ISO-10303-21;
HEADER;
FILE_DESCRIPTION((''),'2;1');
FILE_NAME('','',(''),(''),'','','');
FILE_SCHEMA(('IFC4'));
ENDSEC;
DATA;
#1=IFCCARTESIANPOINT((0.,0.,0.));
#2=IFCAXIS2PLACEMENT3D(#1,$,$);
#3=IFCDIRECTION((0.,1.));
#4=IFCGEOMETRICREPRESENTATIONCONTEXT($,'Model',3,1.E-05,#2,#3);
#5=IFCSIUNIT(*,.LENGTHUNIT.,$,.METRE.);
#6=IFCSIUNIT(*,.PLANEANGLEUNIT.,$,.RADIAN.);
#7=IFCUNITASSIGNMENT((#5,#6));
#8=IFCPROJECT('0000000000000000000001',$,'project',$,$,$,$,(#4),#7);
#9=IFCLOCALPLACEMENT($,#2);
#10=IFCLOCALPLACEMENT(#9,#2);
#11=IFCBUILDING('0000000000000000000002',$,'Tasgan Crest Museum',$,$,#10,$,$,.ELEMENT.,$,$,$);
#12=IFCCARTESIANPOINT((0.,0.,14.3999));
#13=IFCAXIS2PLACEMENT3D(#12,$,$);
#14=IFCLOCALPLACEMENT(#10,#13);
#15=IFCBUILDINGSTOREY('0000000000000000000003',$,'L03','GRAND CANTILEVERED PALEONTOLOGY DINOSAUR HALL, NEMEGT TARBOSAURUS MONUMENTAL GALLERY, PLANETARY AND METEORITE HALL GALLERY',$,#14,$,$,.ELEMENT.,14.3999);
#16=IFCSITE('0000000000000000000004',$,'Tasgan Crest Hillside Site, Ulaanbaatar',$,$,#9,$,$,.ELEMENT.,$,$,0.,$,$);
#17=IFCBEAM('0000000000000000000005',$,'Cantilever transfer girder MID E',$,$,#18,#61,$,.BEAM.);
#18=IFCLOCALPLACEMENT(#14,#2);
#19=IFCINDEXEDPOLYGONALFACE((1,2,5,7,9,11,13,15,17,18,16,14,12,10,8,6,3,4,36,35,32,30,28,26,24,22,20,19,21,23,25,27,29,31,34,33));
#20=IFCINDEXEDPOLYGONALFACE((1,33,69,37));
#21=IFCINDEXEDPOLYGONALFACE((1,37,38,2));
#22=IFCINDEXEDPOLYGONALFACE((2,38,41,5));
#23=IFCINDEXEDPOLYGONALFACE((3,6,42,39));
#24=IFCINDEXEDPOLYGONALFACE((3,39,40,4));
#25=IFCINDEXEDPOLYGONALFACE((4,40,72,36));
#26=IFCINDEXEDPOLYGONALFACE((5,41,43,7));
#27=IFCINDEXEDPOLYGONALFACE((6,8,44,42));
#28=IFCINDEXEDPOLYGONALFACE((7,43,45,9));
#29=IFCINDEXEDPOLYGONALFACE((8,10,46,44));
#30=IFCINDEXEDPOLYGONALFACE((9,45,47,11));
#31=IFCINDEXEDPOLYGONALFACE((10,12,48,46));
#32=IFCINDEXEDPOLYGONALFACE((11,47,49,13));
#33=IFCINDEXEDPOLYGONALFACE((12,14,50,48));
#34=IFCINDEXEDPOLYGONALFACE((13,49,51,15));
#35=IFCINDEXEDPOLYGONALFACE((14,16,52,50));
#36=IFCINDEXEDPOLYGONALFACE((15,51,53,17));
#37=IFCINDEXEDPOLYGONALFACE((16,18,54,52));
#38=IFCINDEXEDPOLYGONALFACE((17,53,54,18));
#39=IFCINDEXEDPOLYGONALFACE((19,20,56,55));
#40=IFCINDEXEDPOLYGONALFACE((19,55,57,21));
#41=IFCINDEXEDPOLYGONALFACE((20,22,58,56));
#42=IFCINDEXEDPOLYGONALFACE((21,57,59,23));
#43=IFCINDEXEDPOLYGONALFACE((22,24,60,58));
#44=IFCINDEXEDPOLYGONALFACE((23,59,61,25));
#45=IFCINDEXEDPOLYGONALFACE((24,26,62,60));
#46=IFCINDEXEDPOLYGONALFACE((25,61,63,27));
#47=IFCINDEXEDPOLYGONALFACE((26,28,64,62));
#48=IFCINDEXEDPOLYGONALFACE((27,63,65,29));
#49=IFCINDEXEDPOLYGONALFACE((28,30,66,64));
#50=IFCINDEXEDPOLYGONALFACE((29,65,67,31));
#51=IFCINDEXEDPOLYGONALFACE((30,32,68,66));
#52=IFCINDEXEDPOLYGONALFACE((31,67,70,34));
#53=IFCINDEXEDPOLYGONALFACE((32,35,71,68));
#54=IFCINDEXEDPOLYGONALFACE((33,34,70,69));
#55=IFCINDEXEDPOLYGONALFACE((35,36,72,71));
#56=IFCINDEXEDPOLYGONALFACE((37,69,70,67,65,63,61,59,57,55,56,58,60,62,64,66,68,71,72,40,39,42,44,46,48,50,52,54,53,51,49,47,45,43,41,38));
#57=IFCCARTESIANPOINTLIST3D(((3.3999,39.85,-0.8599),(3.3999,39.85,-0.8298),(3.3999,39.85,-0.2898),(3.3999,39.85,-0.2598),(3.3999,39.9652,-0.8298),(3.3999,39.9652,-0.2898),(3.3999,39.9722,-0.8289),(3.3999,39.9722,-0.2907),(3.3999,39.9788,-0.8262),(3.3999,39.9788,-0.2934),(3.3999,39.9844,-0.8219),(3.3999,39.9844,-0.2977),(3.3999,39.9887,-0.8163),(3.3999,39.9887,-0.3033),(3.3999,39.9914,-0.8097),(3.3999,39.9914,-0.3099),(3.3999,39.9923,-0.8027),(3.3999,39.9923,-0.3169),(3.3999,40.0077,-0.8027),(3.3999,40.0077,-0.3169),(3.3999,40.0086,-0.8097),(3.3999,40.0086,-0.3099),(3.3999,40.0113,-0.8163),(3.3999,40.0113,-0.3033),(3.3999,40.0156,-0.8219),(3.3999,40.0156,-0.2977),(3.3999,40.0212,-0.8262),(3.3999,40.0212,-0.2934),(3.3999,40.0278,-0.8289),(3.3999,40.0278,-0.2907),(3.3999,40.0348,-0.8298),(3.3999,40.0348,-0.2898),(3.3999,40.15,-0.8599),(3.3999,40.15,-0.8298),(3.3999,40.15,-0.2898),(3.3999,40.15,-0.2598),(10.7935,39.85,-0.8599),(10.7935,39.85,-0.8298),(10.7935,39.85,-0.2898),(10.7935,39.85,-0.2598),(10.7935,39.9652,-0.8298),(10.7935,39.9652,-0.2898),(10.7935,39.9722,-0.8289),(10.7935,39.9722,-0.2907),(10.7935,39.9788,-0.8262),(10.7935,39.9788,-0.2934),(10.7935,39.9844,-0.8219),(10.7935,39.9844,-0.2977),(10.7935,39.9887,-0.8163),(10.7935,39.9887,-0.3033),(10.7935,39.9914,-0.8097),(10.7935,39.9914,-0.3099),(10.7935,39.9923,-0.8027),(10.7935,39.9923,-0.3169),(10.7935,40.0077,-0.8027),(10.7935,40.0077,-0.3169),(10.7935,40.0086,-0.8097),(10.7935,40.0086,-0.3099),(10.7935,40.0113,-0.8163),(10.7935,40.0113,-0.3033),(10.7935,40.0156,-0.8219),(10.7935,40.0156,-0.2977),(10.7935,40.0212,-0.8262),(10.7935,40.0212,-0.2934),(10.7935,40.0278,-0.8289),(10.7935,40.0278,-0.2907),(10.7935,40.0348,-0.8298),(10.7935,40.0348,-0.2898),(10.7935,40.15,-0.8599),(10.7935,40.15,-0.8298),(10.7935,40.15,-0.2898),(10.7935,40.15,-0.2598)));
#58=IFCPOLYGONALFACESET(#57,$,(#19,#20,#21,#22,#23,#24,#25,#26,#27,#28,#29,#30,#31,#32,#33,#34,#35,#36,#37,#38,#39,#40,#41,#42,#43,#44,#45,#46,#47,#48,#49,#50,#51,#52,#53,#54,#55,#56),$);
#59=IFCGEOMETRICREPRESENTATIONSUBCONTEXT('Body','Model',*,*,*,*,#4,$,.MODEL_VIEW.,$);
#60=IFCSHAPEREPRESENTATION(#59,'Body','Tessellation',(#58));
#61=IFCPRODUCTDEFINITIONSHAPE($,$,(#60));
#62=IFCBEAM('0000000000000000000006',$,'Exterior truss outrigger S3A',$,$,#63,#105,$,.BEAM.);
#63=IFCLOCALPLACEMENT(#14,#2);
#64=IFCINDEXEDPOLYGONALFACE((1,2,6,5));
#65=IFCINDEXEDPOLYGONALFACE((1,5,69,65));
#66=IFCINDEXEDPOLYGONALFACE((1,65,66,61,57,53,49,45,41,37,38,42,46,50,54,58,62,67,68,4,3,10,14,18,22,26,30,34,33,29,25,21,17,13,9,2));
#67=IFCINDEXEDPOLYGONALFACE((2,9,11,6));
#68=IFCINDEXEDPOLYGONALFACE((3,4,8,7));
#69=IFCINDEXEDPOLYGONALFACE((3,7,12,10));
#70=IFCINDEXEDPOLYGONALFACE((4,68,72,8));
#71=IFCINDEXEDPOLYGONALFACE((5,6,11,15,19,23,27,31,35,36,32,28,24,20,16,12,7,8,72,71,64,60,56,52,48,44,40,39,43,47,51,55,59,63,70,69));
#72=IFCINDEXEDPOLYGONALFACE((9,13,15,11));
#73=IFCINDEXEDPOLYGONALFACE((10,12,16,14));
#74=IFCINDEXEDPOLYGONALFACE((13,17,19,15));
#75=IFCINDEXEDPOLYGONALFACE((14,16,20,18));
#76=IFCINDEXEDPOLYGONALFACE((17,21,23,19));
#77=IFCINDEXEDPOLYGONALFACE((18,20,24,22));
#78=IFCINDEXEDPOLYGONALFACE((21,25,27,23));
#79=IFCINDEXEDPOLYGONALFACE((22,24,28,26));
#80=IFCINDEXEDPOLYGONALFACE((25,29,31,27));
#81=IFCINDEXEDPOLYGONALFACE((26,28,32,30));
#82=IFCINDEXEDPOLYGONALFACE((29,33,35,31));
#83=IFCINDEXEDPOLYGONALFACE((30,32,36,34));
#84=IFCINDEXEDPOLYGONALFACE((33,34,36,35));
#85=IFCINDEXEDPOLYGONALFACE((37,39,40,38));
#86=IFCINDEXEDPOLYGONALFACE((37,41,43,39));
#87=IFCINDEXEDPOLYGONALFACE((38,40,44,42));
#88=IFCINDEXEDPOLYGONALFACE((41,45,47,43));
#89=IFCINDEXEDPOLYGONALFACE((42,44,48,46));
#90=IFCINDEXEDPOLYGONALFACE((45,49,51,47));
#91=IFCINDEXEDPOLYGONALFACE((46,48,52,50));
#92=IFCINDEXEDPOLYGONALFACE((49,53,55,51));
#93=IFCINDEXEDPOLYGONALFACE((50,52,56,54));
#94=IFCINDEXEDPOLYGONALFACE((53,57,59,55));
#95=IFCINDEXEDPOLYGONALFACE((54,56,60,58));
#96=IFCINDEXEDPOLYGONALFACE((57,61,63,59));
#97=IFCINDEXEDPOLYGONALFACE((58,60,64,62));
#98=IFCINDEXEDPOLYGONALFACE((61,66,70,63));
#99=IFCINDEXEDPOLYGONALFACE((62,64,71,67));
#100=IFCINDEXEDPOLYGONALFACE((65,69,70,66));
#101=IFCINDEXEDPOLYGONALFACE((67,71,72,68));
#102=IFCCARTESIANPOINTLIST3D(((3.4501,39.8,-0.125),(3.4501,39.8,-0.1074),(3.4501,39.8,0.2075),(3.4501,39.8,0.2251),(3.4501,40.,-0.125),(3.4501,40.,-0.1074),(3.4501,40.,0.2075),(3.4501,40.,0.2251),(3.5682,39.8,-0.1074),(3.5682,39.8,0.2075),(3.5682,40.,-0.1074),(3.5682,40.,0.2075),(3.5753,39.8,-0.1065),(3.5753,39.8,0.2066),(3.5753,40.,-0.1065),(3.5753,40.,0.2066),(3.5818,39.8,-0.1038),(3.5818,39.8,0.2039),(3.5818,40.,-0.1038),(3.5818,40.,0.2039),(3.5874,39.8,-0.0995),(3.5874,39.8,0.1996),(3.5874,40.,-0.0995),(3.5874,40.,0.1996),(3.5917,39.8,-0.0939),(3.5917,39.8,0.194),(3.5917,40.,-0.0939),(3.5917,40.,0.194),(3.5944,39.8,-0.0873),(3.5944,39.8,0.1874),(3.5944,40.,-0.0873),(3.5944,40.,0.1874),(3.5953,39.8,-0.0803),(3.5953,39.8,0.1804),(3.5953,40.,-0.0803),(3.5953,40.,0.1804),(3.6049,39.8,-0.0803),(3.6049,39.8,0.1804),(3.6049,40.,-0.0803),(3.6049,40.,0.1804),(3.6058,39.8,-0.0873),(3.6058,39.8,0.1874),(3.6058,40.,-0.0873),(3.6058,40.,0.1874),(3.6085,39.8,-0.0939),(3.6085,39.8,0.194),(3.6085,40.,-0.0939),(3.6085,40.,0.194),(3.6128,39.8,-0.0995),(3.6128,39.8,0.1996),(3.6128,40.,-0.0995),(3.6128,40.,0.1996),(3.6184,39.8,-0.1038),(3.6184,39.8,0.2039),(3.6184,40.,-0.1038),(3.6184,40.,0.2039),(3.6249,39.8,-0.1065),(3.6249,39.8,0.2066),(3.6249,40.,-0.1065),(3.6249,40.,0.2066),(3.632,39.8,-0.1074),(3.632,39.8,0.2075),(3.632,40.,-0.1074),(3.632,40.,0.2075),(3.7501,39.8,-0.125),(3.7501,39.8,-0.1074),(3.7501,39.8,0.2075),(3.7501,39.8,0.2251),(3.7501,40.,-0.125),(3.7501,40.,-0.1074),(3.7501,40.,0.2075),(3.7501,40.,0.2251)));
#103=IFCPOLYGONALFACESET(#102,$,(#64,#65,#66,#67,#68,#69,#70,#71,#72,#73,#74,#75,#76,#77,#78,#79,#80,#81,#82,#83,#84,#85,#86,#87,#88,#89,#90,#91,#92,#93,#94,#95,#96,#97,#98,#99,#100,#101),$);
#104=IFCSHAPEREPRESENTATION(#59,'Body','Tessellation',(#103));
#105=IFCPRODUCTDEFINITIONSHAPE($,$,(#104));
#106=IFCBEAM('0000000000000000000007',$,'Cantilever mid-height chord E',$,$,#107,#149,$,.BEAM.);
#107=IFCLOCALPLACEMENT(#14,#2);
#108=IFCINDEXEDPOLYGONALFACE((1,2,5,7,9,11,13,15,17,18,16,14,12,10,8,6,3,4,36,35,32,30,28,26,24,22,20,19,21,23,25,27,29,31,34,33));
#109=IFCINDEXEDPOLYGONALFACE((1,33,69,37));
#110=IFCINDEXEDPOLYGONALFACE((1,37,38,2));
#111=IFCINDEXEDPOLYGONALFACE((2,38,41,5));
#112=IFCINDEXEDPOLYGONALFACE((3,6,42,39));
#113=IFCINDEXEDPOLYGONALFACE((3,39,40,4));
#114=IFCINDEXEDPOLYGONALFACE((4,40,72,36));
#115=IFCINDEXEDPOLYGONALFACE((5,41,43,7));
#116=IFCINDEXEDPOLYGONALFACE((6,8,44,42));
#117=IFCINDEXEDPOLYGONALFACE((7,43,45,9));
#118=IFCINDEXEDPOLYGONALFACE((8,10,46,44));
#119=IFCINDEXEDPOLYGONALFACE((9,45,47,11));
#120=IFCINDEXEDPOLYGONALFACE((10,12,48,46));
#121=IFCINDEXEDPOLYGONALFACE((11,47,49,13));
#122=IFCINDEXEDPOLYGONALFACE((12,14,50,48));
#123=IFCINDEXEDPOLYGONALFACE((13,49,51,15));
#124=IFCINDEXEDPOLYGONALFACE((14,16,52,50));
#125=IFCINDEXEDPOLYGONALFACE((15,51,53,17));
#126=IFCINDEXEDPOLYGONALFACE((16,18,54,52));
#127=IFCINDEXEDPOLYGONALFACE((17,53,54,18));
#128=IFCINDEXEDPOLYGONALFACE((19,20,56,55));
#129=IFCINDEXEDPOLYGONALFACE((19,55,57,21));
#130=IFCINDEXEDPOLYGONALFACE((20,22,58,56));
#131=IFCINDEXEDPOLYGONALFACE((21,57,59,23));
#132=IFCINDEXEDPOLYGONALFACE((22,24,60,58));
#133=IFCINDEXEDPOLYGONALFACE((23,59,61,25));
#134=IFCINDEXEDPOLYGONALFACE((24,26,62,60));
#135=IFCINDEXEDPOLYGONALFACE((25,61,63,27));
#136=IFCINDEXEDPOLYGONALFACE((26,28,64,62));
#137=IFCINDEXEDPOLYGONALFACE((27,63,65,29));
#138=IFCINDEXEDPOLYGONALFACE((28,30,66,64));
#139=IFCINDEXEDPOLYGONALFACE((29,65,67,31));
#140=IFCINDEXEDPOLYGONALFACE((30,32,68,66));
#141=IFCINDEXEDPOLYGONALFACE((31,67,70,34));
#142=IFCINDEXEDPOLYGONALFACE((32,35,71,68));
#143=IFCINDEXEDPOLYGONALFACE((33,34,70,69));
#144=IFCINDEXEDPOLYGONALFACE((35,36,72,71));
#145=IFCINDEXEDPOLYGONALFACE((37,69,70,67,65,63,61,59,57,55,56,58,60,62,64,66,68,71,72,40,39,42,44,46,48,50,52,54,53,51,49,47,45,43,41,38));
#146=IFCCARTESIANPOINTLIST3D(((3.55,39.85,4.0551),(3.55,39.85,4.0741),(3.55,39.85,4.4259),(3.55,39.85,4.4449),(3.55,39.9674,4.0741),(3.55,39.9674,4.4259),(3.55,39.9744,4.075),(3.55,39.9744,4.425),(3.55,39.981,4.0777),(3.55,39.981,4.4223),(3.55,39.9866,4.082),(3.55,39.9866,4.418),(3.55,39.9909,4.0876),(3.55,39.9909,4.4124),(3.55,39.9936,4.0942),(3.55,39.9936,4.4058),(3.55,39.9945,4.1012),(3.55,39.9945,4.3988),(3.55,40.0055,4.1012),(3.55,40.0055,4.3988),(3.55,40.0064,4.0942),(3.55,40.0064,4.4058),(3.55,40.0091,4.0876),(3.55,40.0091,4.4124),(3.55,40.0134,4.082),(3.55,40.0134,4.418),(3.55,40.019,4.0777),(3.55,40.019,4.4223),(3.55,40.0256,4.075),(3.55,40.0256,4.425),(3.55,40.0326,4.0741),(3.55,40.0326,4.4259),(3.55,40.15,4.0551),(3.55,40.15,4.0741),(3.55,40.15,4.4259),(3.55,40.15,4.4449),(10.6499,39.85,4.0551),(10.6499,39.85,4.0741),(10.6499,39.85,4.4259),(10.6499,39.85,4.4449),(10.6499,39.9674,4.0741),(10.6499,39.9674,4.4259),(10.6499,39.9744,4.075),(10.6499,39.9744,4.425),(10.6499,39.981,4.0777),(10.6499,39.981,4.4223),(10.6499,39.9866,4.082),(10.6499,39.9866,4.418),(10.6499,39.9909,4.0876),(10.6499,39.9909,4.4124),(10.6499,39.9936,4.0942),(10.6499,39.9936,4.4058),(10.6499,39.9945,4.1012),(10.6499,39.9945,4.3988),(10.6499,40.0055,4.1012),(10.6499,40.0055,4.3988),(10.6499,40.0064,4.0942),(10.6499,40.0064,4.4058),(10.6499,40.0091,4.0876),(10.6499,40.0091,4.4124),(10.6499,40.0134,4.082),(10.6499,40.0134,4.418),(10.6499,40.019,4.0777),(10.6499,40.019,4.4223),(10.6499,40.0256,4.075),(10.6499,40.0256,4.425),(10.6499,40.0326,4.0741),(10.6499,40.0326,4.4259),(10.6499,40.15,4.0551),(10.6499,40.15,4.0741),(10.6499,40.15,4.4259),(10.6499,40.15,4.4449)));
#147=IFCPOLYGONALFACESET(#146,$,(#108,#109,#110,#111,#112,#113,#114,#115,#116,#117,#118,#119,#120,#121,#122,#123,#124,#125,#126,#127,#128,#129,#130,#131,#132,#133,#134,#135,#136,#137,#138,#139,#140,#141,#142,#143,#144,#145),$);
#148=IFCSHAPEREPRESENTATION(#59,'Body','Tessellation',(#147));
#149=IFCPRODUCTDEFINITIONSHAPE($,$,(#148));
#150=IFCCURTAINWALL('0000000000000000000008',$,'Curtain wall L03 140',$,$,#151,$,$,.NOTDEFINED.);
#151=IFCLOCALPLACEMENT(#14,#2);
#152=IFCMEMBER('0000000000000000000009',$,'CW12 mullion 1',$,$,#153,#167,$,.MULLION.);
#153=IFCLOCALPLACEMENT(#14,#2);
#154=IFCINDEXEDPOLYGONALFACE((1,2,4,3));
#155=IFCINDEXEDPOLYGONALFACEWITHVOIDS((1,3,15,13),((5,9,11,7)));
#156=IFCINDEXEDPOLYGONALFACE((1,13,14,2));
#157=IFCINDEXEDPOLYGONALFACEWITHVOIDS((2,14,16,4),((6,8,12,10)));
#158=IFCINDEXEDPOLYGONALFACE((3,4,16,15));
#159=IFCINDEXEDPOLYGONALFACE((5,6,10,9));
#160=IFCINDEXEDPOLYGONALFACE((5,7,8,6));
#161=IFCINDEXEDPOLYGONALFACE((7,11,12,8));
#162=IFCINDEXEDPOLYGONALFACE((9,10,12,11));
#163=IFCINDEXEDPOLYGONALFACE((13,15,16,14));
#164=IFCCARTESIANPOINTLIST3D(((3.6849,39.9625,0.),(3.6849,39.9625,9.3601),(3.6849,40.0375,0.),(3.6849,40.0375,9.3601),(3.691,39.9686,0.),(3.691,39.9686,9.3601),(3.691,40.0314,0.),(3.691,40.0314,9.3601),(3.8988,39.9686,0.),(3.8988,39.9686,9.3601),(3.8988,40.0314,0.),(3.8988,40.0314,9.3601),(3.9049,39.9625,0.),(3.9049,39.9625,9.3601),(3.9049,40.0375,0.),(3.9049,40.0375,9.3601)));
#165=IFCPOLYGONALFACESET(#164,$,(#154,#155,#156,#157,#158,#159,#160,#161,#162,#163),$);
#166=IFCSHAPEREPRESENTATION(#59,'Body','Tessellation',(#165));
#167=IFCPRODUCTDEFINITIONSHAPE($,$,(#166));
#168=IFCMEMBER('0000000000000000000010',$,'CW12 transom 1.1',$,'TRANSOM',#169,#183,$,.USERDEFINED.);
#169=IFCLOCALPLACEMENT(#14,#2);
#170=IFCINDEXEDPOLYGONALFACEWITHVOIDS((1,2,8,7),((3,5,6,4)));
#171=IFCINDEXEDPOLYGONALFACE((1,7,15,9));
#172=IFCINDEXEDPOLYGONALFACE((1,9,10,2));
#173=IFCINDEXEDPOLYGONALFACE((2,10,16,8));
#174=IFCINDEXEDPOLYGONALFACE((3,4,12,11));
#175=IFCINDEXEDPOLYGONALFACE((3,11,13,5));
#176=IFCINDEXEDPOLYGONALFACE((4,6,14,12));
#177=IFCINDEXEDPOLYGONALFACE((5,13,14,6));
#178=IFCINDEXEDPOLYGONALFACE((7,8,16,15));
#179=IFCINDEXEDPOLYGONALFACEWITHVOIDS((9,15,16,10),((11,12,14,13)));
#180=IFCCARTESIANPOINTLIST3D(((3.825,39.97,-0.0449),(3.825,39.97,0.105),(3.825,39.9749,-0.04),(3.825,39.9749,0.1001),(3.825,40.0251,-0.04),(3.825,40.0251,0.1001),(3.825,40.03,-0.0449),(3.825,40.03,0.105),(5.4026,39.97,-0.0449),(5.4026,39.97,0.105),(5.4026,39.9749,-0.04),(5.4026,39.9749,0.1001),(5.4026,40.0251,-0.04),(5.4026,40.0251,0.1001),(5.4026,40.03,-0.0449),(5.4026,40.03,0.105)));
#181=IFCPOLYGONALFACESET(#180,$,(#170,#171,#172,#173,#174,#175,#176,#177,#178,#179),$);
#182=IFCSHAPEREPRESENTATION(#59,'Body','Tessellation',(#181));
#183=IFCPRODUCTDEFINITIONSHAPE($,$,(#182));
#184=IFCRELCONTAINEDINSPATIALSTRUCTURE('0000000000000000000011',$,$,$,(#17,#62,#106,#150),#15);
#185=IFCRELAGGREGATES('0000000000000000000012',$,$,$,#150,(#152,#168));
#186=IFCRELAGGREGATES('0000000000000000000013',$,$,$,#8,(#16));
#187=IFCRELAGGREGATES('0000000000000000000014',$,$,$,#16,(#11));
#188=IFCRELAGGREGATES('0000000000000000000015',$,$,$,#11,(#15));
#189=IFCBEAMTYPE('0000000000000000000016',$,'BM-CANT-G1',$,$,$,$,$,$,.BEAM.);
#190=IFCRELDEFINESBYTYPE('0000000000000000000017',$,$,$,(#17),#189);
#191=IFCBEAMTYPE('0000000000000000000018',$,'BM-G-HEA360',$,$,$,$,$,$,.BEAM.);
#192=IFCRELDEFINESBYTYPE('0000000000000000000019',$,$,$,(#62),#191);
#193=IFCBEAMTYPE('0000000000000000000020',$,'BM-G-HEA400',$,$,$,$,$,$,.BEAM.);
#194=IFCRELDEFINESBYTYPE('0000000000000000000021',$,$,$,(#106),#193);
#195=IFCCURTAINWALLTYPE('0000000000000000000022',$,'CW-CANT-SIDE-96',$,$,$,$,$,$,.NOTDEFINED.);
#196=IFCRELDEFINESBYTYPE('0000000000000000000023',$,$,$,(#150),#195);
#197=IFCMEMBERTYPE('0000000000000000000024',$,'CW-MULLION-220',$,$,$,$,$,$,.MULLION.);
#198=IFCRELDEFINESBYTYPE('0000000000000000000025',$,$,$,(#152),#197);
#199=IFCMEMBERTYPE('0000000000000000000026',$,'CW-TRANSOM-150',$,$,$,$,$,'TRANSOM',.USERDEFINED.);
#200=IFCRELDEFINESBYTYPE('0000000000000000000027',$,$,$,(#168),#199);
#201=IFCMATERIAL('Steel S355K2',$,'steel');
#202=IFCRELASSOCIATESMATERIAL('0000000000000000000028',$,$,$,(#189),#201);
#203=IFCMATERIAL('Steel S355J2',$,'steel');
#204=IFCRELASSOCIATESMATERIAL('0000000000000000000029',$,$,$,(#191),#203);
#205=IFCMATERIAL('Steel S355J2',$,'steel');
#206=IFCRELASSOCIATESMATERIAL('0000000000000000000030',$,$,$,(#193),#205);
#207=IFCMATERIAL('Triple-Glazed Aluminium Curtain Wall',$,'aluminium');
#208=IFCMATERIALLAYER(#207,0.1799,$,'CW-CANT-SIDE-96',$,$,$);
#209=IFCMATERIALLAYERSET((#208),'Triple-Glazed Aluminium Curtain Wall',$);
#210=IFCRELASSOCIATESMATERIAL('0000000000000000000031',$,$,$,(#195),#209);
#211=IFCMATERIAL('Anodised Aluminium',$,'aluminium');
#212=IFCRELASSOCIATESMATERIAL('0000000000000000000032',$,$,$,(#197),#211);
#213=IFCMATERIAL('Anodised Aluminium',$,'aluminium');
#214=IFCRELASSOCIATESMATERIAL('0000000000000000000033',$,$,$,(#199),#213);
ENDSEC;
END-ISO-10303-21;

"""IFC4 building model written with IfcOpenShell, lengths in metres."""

from ifc_helpers import new_model, si_unit, direction, frame, origin, origin_2d, place, context, subcontext, project, spatial, hollow_rectangle, i_section, extrude, material, layer, layer_set, material_profile, profile_set, type_object, element, aggregate, save


model = new_model("IFC4")

# Units and contexts
model_context = context("Model", 3, precision=1e-05, world=origin(), true_north=direction((0.0, 1.0)))
body_context = subcontext(model_context, "Body", "Model", "MODEL_VIEW")
ifc_project = project(units=[si_unit("LENGTHUNIT", "METRE"), si_unit("PLANEANGLEUNIT", "RADIAN")], contexts=[model_context])

# Site, building, storey
site_placement = place(None, origin())
site = spatial("IfcSite", under=ifc_project, at=site_placement, Name="Tasgan Crest Hillside Site, Ulaanbaatar", CompositionType="ELEMENT", RefElevation=0.0)
building_placement = place(site_placement, origin())
building = spatial("IfcBuilding", under=site, at=building_placement, Name="Tasgan Crest Museum", CompositionType="ELEMENT")
storey_placement = place(building_placement, frame((0.0, 0.0, 14.3999)))
storey = spatial("IfcBuildingStorey", under=building, at=storey_placement, Name="L03", Description="GRAND CANTILEVERED PALEONTOLOGY DINOSAUR HALL, NEMEGT TARBOSAURUS MONUMENTAL GALLERY, PLANETARY AND METEORITE HALL GALLERY", CompositionType="ELEMENT", Elevation=14.3999)

# Beams
ifc_material_1 = material(Name="Steel S355K2", Category="steel")
ifc_material_profile_1 = material_profile(ifc_material_1, i_section(OverallWidth=0.3, OverallDepth=0.6001, WebThickness=0.0154, FlangeThickness=0.03, FilletRadius=0.0271, at=origin_2d()), Name="HEB 600")
ifc_profile_set_1 = profile_set([ifc_material_profile_1], Name="Steel S355K2")
beam_type_1 = type_object("IfcBeamType", Name="BM-CANT-G1", PredefinedType="BEAM", material=ifc_profile_set_1)
beam_1_placement = place(storey_placement, frame((3.3999, 40.0, -0.5598), z_axis=(1.0, 0.0, 0.0), x_axis=(0.0, 1.0, 0.0)))
element("IfcBeam", 1, at=beam_1_placement, inside=storey, type_object=beam_type_1, Name="Cantilever transfer girder MID E", PredefinedType="BEAM", context=body_context, shape_type="SweptSolid", body=[
    extrude(i_section(OverallWidth=0.3, OverallDepth=0.6001, WebThickness=0.0154, FlangeThickness=0.03, FilletRadius=0.0271, at=origin_2d()), origin(), (0.0, 0.0, 1.0), 7.3936),
])
ifc_material_2 = material(Name="Steel S355J2", Category="steel")
ifc_material_profile_2 = material_profile(ifc_material_2, i_section(OverallWidth=0.3, OverallDepth=0.3501, WebThickness=0.0095, FlangeThickness=0.0176, FilletRadius=0.0271, at=origin_2d()), Name="HEA 360")
ifc_profile_set_2 = profile_set([ifc_material_profile_2], Name="Steel S355J2")
beam_type_2 = type_object("IfcBeamType", Name="BM-G-HEA360", PredefinedType="BEAM", material=ifc_profile_set_2)
beam_2_placement = place(storey_placement, frame((3.6001, 40.0, 0.05), z_axis=(0.0, -1.0, 0.0), x_axis=(1.0, 0.0, 0.0)))
element("IfcBeam", 2, at=beam_2_placement, inside=storey, type_object=beam_type_2, Name="Exterior truss outrigger S3A", PredefinedType="BEAM", context=body_context, shape_type="SweptSolid", body=[
    extrude(i_section(OverallWidth=0.3, OverallDepth=0.3501, WebThickness=0.0095, FlangeThickness=0.0176, FilletRadius=0.0271, at=origin_2d()), origin(), (0.0, 0.0, 1.0), 0.2),
])
ifc_material_3 = material(Name="Steel S355J2", Category="steel")
ifc_material_profile_3 = material_profile(ifc_material_3, i_section(OverallWidth=0.3, OverallDepth=0.3899, WebThickness=0.011, FlangeThickness=0.019, FilletRadius=0.0271, at=origin_2d()), Name="HEA 400")
ifc_profile_set_3 = profile_set([ifc_material_profile_3], Name="Steel S355J2")
beam_type_3 = type_object("IfcBeamType", Name="BM-G-HEA400", PredefinedType="BEAM", material=ifc_profile_set_3)
beam_3_placement = place(storey_placement, frame((3.55, 40.0, 4.25), z_axis=(1.0, 0.0, 0.0), x_axis=(0.0, 1.0, 0.0)))
element("IfcBeam", 3, at=beam_3_placement, inside=storey, type_object=beam_type_3, Name="Cantilever mid-height chord E", PredefinedType="BEAM", context=body_context, shape_type="SweptSolid", body=[
    extrude(i_section(OverallWidth=0.3, OverallDepth=0.3899, WebThickness=0.011, FlangeThickness=0.019, FilletRadius=0.0271, at=origin_2d()), origin(), (0.0, 0.0, 1.0), 7.0999),
])

# Curtain wall, members
ifc_material_4 = material(Name="Triple-Glazed Aluminium Curtain Wall", Category="aluminium")
ifc_layer_1 = layer(ifc_material_4, 0.1799, Name="CW-CANT-SIDE-96")
ifc_layer_set_1 = layer_set([ifc_layer_1], Name="Triple-Glazed Aluminium Curtain Wall")
curtain_wall_type = type_object("IfcCurtainWallType", Name="CW-CANT-SIDE-96", PredefinedType="NOTDEFINED", material=ifc_layer_set_1)
curtain_wall_placement = place(storey_placement, origin())
curtain_wall = element("IfcCurtainWall", 4, at=curtain_wall_placement, inside=storey, type_object=curtain_wall_type, Name="Curtain wall L03 140", PredefinedType="NOTDEFINED")
ifc_material_5 = material(Name="Anodised Aluminium", Category="aluminium")
ifc_material_profile_4 = material_profile(ifc_material_5, hollow_rectangle(XDim=0.075, YDim=0.22, WallThickness=0.0061, at=origin_2d()), Name="ALU MULLION 220x75x6")
ifc_profile_set_4 = profile_set([ifc_material_profile_4], Name="Anodised Aluminium")
member_type_1 = type_object("IfcMemberType", Name="CW-MULLION-220", PredefinedType="MULLION", material=ifc_profile_set_4)
member_1_placement = place(storey_placement, frame((3.7949, 40.0, 0.0), z_axis=(0.0, 0.0, 1.0), x_axis=(0.0, 1.0, 0.0)))
member_1 = element("IfcMember", 5, at=member_1_placement, type_object=member_type_1, Name="CW12 mullion 1", PredefinedType="MULLION", context=body_context, shape_type="SweptSolid", body=[
    extrude(hollow_rectangle(XDim=0.075, YDim=0.22, WallThickness=0.0061, at=origin_2d()), origin(), (0.0, 0.0, 1.0), 9.3601),
])
ifc_material_6 = material(Name="Anodised Aluminium", Category="aluminium")
ifc_material_profile_5 = material_profile(ifc_material_6, hollow_rectangle(XDim=0.0601, YDim=0.1499, WallThickness=0.0049, at=origin_2d()), Name="ALU TRANSOM 150x60x5")
ifc_profile_set_5 = profile_set([ifc_material_profile_5], Name="Anodised Aluminium")
member_type_2 = type_object("IfcMemberType", Name="CW-TRANSOM-150", ElementType="TRANSOM", PredefinedType="USERDEFINED", material=ifc_profile_set_5)
member_2_placement = place(storey_placement, frame((3.825, 40.0, 0.03), z_axis=(1.0, 0.0, 0.0), x_axis=(0.0, 1.0, 0.0)))
member_2 = element("IfcMember", 6, at=member_2_placement, type_object=member_type_2, Name="CW12 transom 1.1", ObjectType="TRANSOM", PredefinedType="USERDEFINED", context=body_context, shape_type="SweptSolid", body=[
    extrude(hollow_rectangle(XDim=0.0601, YDim=0.1499, WallThickness=0.0049, at=origin_2d()), origin(), (0.0, 0.0, 1.0), 1.5776),
])

aggregate(curtain_wall, [member_1, member_2])

save(model, "model.ifc")
